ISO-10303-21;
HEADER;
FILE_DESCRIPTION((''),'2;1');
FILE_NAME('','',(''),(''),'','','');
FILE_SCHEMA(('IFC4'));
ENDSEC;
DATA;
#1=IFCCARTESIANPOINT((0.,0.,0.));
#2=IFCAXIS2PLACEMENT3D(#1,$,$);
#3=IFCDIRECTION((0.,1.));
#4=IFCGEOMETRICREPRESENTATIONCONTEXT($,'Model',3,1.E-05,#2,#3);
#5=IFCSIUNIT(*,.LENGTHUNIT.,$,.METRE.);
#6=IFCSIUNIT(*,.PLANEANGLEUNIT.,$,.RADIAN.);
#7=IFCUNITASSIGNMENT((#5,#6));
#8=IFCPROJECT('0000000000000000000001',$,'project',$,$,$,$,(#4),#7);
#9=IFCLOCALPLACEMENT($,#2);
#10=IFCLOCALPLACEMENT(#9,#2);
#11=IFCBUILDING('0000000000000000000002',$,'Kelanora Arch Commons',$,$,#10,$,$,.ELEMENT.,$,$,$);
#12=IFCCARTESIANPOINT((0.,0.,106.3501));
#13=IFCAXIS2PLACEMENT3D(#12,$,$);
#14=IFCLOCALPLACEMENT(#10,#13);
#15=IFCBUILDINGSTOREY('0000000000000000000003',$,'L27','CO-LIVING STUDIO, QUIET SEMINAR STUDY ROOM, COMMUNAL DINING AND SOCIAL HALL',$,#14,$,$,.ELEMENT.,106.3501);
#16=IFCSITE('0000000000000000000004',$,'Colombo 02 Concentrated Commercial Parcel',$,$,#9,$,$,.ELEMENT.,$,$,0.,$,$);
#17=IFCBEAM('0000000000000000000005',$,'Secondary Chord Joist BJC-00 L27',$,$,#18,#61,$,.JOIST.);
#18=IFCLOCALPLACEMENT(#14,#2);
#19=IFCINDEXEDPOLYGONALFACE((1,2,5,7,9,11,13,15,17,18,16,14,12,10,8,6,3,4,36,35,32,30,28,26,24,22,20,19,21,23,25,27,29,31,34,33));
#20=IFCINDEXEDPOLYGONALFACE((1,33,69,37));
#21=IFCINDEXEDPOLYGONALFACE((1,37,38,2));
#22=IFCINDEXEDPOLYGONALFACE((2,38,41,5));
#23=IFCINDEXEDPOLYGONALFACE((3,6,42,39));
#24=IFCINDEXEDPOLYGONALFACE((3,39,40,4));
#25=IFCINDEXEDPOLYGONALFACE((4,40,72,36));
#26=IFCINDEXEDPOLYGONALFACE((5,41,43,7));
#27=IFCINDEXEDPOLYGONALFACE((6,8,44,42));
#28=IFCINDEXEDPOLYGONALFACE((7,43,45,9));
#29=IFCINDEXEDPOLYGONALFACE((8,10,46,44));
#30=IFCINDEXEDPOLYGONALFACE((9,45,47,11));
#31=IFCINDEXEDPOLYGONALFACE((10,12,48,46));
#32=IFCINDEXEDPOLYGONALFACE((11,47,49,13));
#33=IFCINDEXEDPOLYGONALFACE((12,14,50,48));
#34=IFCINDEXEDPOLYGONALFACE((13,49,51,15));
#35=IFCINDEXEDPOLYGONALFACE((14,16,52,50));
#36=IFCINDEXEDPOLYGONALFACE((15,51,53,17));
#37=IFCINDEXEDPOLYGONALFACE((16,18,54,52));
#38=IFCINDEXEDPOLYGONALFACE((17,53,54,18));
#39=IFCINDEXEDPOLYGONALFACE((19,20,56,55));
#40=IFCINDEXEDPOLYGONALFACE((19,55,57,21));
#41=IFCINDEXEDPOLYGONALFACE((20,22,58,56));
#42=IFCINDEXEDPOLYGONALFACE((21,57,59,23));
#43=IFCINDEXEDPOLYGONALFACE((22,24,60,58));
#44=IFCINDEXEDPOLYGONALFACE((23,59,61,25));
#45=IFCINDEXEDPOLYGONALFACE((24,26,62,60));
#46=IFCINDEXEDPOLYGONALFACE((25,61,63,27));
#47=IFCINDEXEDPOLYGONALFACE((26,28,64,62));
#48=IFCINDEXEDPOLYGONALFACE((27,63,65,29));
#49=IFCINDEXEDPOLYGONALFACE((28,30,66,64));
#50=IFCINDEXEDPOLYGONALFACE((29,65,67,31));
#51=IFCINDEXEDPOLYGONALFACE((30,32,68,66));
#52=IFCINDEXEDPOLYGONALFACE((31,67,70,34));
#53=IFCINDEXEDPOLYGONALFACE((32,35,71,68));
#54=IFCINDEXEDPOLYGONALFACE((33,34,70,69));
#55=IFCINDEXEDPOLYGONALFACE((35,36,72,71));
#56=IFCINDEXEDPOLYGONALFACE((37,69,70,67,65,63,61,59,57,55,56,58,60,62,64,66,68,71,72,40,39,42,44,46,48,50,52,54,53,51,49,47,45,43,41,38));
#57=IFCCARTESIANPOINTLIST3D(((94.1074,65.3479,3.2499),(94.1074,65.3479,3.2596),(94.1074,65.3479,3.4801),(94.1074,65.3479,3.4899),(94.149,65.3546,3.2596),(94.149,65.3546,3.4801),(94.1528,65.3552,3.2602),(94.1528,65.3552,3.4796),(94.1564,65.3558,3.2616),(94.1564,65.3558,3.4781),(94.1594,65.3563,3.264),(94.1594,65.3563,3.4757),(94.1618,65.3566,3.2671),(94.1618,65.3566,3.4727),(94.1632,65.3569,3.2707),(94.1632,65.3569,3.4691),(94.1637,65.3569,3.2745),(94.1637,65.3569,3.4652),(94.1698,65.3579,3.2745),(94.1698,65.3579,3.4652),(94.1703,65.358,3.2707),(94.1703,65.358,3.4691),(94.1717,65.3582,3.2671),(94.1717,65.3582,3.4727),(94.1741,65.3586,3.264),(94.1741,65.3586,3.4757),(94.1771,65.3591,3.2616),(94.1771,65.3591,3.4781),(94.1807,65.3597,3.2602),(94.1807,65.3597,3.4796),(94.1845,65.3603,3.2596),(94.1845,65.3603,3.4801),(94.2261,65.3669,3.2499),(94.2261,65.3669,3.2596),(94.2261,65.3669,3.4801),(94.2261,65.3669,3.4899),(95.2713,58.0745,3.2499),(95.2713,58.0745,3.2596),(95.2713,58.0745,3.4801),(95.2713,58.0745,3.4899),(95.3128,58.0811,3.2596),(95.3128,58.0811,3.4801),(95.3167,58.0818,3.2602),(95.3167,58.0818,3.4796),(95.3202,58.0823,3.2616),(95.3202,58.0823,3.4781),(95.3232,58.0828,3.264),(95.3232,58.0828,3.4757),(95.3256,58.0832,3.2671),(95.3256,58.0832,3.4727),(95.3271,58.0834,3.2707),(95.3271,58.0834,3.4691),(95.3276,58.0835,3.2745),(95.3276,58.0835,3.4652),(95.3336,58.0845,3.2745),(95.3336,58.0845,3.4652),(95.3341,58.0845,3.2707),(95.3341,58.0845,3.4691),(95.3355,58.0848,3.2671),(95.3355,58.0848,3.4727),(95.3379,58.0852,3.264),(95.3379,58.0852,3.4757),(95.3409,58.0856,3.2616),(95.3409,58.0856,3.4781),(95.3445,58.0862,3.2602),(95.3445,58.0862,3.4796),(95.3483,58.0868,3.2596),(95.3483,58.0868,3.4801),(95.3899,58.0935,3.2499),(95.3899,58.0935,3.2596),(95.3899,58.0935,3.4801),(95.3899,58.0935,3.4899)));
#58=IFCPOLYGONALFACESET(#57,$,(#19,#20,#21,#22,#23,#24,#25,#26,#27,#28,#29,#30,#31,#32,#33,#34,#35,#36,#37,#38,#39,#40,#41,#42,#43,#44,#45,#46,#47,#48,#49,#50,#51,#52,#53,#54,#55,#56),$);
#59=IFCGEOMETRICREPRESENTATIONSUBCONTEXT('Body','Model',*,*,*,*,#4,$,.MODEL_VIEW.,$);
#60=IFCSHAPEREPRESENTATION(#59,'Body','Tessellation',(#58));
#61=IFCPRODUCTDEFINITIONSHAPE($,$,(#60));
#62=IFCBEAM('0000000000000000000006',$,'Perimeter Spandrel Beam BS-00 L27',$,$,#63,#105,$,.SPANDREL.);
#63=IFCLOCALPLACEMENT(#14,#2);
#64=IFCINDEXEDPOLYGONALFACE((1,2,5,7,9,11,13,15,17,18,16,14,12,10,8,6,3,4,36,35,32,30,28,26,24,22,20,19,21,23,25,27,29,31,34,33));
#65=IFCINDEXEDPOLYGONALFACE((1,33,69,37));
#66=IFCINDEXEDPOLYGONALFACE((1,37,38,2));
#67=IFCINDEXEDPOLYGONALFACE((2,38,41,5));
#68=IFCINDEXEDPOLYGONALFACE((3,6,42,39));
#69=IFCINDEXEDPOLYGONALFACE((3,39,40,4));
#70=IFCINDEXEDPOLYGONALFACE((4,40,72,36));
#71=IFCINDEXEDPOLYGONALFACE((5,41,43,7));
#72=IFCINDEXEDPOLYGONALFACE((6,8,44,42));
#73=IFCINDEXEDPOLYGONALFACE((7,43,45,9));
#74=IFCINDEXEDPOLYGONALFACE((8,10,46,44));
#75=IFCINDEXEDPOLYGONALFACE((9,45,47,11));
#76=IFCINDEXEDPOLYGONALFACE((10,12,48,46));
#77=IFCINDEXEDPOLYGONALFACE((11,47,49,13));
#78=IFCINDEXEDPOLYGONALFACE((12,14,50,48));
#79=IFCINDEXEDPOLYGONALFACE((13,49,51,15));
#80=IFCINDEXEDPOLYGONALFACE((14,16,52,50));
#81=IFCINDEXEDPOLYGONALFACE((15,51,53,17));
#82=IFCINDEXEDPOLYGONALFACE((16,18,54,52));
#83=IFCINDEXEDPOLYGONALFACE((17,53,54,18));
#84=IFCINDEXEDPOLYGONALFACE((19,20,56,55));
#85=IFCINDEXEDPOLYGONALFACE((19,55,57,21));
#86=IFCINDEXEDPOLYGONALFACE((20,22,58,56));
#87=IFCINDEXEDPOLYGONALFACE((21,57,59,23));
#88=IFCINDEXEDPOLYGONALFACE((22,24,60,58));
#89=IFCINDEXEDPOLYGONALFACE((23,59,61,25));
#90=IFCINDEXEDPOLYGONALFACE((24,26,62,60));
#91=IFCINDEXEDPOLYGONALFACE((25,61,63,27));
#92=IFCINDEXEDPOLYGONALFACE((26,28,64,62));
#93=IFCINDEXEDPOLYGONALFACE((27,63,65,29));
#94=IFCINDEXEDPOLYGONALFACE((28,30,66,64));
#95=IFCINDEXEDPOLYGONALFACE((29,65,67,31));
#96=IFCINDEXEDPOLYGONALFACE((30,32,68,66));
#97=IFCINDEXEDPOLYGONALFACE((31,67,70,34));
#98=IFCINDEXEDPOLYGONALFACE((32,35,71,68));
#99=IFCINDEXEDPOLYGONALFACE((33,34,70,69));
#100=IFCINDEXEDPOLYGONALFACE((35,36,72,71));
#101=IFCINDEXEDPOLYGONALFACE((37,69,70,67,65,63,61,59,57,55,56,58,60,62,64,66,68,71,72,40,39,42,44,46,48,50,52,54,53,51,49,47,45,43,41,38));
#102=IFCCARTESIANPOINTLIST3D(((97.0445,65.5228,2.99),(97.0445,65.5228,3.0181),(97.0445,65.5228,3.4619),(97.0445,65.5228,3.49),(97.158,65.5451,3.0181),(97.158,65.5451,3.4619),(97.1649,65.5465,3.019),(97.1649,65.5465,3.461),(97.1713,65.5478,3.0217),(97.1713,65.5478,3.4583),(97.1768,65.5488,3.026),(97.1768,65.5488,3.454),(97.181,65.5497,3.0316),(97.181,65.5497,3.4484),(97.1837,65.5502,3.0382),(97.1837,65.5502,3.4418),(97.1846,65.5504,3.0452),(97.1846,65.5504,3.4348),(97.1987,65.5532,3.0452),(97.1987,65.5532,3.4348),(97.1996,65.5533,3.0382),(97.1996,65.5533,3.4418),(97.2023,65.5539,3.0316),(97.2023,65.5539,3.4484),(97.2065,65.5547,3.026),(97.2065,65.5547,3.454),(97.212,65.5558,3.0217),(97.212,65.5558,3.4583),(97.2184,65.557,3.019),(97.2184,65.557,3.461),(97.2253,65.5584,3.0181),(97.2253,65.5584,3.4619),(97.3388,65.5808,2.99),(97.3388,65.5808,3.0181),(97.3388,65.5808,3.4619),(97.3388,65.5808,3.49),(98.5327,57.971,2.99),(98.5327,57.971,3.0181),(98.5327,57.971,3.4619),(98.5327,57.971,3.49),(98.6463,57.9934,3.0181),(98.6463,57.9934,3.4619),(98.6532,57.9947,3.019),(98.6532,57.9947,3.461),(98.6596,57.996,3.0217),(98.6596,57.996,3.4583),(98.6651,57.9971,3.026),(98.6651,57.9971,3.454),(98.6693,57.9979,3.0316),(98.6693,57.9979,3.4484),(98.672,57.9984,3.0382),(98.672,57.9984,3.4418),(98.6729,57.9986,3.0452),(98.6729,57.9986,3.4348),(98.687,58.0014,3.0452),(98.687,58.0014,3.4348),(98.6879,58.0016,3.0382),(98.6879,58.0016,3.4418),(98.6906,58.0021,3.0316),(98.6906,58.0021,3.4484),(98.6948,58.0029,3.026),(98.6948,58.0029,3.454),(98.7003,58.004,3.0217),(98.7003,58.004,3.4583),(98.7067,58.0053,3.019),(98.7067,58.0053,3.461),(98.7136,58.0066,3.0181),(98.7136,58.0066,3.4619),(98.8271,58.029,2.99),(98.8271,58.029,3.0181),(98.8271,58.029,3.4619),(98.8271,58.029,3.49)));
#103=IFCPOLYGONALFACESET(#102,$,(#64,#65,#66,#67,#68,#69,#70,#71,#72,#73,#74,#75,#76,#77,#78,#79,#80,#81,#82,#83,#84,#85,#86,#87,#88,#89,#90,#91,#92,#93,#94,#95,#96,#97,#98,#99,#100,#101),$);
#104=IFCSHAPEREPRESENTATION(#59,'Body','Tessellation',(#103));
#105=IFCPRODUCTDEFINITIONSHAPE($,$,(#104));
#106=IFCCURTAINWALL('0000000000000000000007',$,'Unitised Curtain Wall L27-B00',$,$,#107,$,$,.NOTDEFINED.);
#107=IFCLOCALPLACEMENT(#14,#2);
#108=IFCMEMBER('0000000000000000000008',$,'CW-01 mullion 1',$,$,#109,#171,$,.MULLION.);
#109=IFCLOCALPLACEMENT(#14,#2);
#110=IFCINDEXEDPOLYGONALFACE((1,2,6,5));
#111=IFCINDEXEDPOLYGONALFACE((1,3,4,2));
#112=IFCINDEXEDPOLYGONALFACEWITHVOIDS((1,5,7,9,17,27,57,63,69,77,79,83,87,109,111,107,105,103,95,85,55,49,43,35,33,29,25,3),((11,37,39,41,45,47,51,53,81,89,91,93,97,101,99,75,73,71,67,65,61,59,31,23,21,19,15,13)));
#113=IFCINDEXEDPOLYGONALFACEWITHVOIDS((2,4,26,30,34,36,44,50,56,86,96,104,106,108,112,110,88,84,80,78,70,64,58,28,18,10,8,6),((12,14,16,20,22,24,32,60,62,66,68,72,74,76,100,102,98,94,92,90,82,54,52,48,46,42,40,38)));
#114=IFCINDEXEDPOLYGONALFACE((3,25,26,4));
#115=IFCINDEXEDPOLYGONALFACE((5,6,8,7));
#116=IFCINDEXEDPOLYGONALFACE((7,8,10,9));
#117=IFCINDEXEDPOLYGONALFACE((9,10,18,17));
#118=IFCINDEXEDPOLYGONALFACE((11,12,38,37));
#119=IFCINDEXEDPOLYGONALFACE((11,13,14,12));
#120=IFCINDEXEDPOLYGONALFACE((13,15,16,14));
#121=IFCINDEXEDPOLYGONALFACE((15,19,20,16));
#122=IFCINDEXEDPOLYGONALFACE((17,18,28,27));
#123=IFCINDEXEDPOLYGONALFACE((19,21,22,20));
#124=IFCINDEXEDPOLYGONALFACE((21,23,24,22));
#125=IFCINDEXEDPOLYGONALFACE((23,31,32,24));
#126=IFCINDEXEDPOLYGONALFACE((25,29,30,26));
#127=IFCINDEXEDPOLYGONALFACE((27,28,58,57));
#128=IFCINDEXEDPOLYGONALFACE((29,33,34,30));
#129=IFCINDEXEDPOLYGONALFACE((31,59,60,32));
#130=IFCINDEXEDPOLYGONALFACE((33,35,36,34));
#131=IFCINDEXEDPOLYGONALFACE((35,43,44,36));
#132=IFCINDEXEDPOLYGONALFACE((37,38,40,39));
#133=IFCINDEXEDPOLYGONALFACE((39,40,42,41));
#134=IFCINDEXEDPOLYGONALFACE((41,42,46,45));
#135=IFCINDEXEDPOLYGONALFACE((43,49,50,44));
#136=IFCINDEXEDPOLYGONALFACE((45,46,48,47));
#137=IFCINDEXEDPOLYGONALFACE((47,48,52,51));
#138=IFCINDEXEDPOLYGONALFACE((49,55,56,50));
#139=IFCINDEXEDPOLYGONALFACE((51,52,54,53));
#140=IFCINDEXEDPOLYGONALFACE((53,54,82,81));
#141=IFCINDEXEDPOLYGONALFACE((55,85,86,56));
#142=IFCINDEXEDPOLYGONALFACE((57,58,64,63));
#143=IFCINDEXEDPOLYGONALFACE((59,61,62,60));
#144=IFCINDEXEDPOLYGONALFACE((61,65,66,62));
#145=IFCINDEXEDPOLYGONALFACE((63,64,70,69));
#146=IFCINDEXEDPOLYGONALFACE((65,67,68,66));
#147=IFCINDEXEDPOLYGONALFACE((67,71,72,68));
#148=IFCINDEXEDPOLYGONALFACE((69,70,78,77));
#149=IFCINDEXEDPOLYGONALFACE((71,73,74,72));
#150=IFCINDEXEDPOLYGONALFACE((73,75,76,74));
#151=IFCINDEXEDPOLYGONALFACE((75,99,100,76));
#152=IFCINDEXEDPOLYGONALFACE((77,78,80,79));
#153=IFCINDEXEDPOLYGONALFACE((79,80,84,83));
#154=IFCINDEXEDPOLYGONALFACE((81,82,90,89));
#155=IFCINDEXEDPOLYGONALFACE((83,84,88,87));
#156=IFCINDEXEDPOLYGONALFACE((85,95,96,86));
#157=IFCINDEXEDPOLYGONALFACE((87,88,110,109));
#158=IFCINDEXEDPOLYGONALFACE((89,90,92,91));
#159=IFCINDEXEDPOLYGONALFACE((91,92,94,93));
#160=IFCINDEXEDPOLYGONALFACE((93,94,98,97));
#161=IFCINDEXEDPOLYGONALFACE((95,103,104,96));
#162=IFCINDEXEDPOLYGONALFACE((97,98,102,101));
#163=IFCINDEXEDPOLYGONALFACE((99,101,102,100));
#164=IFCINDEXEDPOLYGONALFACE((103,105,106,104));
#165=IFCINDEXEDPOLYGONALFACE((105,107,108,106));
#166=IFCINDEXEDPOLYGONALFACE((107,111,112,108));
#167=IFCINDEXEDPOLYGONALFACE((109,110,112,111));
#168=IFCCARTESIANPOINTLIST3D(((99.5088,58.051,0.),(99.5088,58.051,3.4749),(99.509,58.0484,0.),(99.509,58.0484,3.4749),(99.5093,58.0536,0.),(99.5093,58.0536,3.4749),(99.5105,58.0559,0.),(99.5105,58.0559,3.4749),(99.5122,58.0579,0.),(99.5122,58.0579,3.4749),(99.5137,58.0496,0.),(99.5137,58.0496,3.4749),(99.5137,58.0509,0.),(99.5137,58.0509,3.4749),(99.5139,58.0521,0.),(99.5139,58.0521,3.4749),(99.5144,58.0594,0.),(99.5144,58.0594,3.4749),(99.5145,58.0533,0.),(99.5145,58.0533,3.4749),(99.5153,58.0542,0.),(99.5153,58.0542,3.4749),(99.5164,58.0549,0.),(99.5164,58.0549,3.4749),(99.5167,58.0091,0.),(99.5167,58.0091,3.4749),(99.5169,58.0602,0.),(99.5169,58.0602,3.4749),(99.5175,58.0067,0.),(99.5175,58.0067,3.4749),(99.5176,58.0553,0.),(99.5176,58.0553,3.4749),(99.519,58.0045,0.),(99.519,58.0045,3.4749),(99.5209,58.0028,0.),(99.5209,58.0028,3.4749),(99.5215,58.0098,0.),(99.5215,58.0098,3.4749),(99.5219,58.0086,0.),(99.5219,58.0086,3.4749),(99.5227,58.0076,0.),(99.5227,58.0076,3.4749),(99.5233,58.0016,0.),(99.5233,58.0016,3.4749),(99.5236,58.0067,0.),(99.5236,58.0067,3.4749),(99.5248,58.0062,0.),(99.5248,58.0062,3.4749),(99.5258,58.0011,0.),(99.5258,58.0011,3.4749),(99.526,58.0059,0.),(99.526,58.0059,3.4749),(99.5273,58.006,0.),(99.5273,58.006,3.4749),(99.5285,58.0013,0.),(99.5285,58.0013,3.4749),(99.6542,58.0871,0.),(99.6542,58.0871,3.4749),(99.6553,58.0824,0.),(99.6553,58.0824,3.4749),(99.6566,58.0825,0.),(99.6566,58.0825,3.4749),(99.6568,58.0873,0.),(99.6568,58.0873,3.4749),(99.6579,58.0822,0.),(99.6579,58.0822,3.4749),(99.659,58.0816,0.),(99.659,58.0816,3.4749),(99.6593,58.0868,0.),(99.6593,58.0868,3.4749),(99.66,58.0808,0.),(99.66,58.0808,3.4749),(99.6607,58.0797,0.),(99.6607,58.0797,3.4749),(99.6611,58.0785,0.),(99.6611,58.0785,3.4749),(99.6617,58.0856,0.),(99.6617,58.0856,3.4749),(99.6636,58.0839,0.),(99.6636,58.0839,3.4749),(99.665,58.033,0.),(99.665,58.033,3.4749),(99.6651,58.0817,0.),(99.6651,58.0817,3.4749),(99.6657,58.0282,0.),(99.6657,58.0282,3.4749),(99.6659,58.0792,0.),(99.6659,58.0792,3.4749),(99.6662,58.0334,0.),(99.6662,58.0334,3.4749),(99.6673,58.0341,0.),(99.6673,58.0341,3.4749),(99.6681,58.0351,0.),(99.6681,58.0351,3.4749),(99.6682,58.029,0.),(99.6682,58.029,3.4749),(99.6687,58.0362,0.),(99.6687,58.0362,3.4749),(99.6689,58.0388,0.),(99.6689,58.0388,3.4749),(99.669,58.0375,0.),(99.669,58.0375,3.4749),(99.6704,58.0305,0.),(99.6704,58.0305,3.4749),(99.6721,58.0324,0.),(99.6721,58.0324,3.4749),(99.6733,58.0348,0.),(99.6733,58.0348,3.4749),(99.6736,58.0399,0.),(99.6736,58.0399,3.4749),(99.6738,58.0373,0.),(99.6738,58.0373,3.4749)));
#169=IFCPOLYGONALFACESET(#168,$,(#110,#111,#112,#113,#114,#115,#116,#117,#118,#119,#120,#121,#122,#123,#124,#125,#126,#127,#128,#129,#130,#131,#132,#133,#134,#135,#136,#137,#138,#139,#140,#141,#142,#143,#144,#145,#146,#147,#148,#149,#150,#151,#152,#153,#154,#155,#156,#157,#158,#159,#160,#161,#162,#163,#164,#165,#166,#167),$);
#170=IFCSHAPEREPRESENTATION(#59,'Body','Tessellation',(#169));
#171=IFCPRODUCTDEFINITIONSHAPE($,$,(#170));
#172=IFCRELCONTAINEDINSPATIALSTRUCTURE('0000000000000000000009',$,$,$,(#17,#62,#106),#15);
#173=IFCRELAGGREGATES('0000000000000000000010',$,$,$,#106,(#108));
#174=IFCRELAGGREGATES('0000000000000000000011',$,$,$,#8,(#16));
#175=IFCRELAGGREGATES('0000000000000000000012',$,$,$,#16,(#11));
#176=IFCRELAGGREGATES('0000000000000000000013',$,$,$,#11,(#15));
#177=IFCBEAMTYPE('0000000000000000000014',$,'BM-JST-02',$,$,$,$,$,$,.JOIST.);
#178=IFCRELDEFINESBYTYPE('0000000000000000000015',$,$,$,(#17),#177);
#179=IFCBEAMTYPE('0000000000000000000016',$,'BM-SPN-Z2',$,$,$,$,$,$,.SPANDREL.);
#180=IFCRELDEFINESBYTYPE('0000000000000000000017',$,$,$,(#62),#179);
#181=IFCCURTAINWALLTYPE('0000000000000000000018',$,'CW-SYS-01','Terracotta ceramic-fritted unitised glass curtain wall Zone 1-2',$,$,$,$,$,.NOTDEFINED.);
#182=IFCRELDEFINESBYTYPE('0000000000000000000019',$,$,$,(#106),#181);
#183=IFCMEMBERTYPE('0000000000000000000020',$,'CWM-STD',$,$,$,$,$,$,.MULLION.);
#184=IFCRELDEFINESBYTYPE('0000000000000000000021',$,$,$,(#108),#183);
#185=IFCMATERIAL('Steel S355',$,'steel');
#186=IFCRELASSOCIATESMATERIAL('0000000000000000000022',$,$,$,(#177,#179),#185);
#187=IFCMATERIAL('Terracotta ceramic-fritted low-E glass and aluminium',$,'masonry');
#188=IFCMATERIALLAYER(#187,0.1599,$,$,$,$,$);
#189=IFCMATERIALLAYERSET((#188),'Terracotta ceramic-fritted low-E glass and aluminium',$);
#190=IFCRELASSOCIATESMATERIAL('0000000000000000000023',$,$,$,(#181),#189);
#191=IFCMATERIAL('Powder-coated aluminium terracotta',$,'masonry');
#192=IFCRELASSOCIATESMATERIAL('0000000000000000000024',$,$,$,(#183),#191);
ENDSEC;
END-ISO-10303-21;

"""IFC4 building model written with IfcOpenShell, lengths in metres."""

from ifc_helpers import new_model, si_unit, direction, frame, origin, origin_2d, place, context, subcontext, project, spatial, hollow_rectangle, i_section, extrude, material, layer, layer_set, material_profile, profile_set, type_object, element, aggregate, save


model = new_model("IFC4")

# Units and contexts
model_context = context("Model", 3, precision=1e-05, world=origin(), true_north=direction((0.0, 1.0)))
body_context = subcontext(model_context, "Body", "Model", "MODEL_VIEW")
ifc_project = project(units=[si_unit("LENGTHUNIT", "METRE"), si_unit("PLANEANGLEUNIT", "RADIAN")], contexts=[model_context])

# Site, building, storey
site_placement = place(None, origin())
site = spatial("IfcSite", under=ifc_project, at=site_placement, Name="Colombo 02 Concentrated Commercial Parcel", CompositionType="ELEMENT", RefElevation=0.0)
building_placement = place(site_placement, origin())
building = spatial("IfcBuilding", under=site, at=building_placement, Name="Kelanora Arch Commons", CompositionType="ELEMENT")
storey_placement = place(building_placement, frame((0.0, 0.0, 106.3501)))
storey = spatial("IfcBuildingStorey", under=building, at=storey_placement, Name="L27", Description="CO-LIVING STUDIO, QUIET SEMINAR STUDY ROOM, COMMUNAL DINING AND SOCIAL HALL", CompositionType="ELEMENT", Elevation=106.3501)

# Beams
ifc_material_1 = material(Name="Steel S355", Category="steel")
ifc_material_profile_1 = material_profile(ifc_material_1, i_section(OverallWidth=0.1201, OverallDepth=0.24, WebThickness=0.0061, FlangeThickness=0.0098, FilletRadius=0.0149, at=origin_2d()), Name="IPE240")
ifc_profile_set_1 = profile_set([ifc_material_profile_1], Name="Steel S355")
beam_type_1 = type_object("IfcBeamType", Name="BM-JST-02", PredefinedType="JOIST", material=ifc_profile_set_1)
beam_1_placement = place(storey_placement, frame((95.3306, 58.084, 3.3699), z_axis=(-0.158, 0.987439, 0.0), x_axis=(-0.987439, -0.158, 0.0)))
element("IfcBeam", 1, at=beam_1_placement, inside=storey, type_object=beam_type_1, Name="Secondary Chord Joist BJC-00 L27", PredefinedType="JOIST", context=body_context, shape_type="SweptSolid", body=[
    extrude(i_section(OverallWidth=0.1201, OverallDepth=0.24, WebThickness=0.0061, FlangeThickness=0.0098, FilletRadius=0.0149, at=origin_2d()), origin(), (0.0, 0.0, 1.0), 7.366),
])
ifc_material_profile_2 = material_profile(ifc_material_1, i_section(OverallWidth=0.3, OverallDepth=0.5, WebThickness=0.0144, FlangeThickness=0.0281, FilletRadius=0.0271, at=origin_2d()), Name="HEB500")
ifc_profile_set_2 = profile_set([ifc_material_profile_2], Name="Steel S355")
beam_type_2 = type_object("IfcBeamType", Name="BM-SPN-Z2", PredefinedType="SPANDREL", material=ifc_profile_set_2)
beam_2_placement = place(storey_placement, frame((98.6799, 58.0, 3.24), z_axis=(-0.193358, 0.981128, 0.0), x_axis=(-0.981128, -0.193358, 0.0)))
element("IfcBeam", 2, at=beam_2_placement, inside=storey, type_object=beam_type_2, Name="Perimeter Spandrel Beam BS-00 L27", PredefinedType="SPANDREL", context=body_context, shape_type="SweptSolid", body=[
    extrude(i_section(OverallWidth=0.3, OverallDepth=0.5, WebThickness=0.0144, FlangeThickness=0.0281, FilletRadius=0.0271, at=origin_2d()), origin(), (0.0, 0.0, 1.0), 7.697),
])

# Curtain wall, member
ifc_material_2 = material(Name="Terracotta ceramic-fritted low-E glass and aluminium", Category="masonry")
ifc_layer_1 = layer(ifc_material_2, 0.1599)
ifc_layer_set_1 = layer_set([ifc_layer_1], Name="Terracotta ceramic-fritted low-E glass and aluminium")
curtain_wall_type = type_object("IfcCurtainWallType", Name="CW-SYS-01", Description="Terracotta ceramic-fritted unitised glass curtain wall Zone 1-2", PredefinedType="NOTDEFINED", material=ifc_layer_set_1)
curtain_wall_placement = place(storey_placement, origin())
curtain_wall = element("IfcCurtainWall", 3, at=curtain_wall_placement, inside=storey, type_object=curtain_wall_type, Name="Unitised Curtain Wall L27-B00", PredefinedType="NOTDEFINED")
ifc_material_3 = material(Name="Powder-coated aluminium terracotta", Category="masonry")
ifc_material_profile_3 = material_profile(ifc_material_3, hollow_rectangle(XDim=0.1599, YDim=0.0601, WallThickness=0.0049, InnerFilletRadius=0.0049, OuterFilletRadius=0.01, at=origin_2d()), Name="CWM160x60")
ifc_profile_set_3 = profile_set([ifc_material_profile_3], Name="Powder-coated aluminium terracotta")
member_type_1 = type_object("IfcMemberType", Name="CWM-STD", PredefinedType="MULLION", material=ifc_profile_set_3)
member_1_placement = place(storey_placement, frame((99.5913, 58.0442, 0.0), z_axis=(0.0, 0.0, 1.0), x_axis=(-0.98128, -0.192585, 0.0)))
member_1 = element("IfcMember", 4, at=member_1_placement, type_object=member_type_1, Name="CW-01 mullion 1", PredefinedType="MULLION", context=body_context, shape_type="SweptSolid", body=[
    extrude(hollow_rectangle(XDim=0.1599, YDim=0.0601, WallThickness=0.0049, InnerFilletRadius=0.0049, OuterFilletRadius=0.01, at=origin_2d()), origin(), (0.0, 0.0, 1.0), 3.4749),
])
aggregate(curtain_wall, [member_1])

save(model, "model.ifc")
